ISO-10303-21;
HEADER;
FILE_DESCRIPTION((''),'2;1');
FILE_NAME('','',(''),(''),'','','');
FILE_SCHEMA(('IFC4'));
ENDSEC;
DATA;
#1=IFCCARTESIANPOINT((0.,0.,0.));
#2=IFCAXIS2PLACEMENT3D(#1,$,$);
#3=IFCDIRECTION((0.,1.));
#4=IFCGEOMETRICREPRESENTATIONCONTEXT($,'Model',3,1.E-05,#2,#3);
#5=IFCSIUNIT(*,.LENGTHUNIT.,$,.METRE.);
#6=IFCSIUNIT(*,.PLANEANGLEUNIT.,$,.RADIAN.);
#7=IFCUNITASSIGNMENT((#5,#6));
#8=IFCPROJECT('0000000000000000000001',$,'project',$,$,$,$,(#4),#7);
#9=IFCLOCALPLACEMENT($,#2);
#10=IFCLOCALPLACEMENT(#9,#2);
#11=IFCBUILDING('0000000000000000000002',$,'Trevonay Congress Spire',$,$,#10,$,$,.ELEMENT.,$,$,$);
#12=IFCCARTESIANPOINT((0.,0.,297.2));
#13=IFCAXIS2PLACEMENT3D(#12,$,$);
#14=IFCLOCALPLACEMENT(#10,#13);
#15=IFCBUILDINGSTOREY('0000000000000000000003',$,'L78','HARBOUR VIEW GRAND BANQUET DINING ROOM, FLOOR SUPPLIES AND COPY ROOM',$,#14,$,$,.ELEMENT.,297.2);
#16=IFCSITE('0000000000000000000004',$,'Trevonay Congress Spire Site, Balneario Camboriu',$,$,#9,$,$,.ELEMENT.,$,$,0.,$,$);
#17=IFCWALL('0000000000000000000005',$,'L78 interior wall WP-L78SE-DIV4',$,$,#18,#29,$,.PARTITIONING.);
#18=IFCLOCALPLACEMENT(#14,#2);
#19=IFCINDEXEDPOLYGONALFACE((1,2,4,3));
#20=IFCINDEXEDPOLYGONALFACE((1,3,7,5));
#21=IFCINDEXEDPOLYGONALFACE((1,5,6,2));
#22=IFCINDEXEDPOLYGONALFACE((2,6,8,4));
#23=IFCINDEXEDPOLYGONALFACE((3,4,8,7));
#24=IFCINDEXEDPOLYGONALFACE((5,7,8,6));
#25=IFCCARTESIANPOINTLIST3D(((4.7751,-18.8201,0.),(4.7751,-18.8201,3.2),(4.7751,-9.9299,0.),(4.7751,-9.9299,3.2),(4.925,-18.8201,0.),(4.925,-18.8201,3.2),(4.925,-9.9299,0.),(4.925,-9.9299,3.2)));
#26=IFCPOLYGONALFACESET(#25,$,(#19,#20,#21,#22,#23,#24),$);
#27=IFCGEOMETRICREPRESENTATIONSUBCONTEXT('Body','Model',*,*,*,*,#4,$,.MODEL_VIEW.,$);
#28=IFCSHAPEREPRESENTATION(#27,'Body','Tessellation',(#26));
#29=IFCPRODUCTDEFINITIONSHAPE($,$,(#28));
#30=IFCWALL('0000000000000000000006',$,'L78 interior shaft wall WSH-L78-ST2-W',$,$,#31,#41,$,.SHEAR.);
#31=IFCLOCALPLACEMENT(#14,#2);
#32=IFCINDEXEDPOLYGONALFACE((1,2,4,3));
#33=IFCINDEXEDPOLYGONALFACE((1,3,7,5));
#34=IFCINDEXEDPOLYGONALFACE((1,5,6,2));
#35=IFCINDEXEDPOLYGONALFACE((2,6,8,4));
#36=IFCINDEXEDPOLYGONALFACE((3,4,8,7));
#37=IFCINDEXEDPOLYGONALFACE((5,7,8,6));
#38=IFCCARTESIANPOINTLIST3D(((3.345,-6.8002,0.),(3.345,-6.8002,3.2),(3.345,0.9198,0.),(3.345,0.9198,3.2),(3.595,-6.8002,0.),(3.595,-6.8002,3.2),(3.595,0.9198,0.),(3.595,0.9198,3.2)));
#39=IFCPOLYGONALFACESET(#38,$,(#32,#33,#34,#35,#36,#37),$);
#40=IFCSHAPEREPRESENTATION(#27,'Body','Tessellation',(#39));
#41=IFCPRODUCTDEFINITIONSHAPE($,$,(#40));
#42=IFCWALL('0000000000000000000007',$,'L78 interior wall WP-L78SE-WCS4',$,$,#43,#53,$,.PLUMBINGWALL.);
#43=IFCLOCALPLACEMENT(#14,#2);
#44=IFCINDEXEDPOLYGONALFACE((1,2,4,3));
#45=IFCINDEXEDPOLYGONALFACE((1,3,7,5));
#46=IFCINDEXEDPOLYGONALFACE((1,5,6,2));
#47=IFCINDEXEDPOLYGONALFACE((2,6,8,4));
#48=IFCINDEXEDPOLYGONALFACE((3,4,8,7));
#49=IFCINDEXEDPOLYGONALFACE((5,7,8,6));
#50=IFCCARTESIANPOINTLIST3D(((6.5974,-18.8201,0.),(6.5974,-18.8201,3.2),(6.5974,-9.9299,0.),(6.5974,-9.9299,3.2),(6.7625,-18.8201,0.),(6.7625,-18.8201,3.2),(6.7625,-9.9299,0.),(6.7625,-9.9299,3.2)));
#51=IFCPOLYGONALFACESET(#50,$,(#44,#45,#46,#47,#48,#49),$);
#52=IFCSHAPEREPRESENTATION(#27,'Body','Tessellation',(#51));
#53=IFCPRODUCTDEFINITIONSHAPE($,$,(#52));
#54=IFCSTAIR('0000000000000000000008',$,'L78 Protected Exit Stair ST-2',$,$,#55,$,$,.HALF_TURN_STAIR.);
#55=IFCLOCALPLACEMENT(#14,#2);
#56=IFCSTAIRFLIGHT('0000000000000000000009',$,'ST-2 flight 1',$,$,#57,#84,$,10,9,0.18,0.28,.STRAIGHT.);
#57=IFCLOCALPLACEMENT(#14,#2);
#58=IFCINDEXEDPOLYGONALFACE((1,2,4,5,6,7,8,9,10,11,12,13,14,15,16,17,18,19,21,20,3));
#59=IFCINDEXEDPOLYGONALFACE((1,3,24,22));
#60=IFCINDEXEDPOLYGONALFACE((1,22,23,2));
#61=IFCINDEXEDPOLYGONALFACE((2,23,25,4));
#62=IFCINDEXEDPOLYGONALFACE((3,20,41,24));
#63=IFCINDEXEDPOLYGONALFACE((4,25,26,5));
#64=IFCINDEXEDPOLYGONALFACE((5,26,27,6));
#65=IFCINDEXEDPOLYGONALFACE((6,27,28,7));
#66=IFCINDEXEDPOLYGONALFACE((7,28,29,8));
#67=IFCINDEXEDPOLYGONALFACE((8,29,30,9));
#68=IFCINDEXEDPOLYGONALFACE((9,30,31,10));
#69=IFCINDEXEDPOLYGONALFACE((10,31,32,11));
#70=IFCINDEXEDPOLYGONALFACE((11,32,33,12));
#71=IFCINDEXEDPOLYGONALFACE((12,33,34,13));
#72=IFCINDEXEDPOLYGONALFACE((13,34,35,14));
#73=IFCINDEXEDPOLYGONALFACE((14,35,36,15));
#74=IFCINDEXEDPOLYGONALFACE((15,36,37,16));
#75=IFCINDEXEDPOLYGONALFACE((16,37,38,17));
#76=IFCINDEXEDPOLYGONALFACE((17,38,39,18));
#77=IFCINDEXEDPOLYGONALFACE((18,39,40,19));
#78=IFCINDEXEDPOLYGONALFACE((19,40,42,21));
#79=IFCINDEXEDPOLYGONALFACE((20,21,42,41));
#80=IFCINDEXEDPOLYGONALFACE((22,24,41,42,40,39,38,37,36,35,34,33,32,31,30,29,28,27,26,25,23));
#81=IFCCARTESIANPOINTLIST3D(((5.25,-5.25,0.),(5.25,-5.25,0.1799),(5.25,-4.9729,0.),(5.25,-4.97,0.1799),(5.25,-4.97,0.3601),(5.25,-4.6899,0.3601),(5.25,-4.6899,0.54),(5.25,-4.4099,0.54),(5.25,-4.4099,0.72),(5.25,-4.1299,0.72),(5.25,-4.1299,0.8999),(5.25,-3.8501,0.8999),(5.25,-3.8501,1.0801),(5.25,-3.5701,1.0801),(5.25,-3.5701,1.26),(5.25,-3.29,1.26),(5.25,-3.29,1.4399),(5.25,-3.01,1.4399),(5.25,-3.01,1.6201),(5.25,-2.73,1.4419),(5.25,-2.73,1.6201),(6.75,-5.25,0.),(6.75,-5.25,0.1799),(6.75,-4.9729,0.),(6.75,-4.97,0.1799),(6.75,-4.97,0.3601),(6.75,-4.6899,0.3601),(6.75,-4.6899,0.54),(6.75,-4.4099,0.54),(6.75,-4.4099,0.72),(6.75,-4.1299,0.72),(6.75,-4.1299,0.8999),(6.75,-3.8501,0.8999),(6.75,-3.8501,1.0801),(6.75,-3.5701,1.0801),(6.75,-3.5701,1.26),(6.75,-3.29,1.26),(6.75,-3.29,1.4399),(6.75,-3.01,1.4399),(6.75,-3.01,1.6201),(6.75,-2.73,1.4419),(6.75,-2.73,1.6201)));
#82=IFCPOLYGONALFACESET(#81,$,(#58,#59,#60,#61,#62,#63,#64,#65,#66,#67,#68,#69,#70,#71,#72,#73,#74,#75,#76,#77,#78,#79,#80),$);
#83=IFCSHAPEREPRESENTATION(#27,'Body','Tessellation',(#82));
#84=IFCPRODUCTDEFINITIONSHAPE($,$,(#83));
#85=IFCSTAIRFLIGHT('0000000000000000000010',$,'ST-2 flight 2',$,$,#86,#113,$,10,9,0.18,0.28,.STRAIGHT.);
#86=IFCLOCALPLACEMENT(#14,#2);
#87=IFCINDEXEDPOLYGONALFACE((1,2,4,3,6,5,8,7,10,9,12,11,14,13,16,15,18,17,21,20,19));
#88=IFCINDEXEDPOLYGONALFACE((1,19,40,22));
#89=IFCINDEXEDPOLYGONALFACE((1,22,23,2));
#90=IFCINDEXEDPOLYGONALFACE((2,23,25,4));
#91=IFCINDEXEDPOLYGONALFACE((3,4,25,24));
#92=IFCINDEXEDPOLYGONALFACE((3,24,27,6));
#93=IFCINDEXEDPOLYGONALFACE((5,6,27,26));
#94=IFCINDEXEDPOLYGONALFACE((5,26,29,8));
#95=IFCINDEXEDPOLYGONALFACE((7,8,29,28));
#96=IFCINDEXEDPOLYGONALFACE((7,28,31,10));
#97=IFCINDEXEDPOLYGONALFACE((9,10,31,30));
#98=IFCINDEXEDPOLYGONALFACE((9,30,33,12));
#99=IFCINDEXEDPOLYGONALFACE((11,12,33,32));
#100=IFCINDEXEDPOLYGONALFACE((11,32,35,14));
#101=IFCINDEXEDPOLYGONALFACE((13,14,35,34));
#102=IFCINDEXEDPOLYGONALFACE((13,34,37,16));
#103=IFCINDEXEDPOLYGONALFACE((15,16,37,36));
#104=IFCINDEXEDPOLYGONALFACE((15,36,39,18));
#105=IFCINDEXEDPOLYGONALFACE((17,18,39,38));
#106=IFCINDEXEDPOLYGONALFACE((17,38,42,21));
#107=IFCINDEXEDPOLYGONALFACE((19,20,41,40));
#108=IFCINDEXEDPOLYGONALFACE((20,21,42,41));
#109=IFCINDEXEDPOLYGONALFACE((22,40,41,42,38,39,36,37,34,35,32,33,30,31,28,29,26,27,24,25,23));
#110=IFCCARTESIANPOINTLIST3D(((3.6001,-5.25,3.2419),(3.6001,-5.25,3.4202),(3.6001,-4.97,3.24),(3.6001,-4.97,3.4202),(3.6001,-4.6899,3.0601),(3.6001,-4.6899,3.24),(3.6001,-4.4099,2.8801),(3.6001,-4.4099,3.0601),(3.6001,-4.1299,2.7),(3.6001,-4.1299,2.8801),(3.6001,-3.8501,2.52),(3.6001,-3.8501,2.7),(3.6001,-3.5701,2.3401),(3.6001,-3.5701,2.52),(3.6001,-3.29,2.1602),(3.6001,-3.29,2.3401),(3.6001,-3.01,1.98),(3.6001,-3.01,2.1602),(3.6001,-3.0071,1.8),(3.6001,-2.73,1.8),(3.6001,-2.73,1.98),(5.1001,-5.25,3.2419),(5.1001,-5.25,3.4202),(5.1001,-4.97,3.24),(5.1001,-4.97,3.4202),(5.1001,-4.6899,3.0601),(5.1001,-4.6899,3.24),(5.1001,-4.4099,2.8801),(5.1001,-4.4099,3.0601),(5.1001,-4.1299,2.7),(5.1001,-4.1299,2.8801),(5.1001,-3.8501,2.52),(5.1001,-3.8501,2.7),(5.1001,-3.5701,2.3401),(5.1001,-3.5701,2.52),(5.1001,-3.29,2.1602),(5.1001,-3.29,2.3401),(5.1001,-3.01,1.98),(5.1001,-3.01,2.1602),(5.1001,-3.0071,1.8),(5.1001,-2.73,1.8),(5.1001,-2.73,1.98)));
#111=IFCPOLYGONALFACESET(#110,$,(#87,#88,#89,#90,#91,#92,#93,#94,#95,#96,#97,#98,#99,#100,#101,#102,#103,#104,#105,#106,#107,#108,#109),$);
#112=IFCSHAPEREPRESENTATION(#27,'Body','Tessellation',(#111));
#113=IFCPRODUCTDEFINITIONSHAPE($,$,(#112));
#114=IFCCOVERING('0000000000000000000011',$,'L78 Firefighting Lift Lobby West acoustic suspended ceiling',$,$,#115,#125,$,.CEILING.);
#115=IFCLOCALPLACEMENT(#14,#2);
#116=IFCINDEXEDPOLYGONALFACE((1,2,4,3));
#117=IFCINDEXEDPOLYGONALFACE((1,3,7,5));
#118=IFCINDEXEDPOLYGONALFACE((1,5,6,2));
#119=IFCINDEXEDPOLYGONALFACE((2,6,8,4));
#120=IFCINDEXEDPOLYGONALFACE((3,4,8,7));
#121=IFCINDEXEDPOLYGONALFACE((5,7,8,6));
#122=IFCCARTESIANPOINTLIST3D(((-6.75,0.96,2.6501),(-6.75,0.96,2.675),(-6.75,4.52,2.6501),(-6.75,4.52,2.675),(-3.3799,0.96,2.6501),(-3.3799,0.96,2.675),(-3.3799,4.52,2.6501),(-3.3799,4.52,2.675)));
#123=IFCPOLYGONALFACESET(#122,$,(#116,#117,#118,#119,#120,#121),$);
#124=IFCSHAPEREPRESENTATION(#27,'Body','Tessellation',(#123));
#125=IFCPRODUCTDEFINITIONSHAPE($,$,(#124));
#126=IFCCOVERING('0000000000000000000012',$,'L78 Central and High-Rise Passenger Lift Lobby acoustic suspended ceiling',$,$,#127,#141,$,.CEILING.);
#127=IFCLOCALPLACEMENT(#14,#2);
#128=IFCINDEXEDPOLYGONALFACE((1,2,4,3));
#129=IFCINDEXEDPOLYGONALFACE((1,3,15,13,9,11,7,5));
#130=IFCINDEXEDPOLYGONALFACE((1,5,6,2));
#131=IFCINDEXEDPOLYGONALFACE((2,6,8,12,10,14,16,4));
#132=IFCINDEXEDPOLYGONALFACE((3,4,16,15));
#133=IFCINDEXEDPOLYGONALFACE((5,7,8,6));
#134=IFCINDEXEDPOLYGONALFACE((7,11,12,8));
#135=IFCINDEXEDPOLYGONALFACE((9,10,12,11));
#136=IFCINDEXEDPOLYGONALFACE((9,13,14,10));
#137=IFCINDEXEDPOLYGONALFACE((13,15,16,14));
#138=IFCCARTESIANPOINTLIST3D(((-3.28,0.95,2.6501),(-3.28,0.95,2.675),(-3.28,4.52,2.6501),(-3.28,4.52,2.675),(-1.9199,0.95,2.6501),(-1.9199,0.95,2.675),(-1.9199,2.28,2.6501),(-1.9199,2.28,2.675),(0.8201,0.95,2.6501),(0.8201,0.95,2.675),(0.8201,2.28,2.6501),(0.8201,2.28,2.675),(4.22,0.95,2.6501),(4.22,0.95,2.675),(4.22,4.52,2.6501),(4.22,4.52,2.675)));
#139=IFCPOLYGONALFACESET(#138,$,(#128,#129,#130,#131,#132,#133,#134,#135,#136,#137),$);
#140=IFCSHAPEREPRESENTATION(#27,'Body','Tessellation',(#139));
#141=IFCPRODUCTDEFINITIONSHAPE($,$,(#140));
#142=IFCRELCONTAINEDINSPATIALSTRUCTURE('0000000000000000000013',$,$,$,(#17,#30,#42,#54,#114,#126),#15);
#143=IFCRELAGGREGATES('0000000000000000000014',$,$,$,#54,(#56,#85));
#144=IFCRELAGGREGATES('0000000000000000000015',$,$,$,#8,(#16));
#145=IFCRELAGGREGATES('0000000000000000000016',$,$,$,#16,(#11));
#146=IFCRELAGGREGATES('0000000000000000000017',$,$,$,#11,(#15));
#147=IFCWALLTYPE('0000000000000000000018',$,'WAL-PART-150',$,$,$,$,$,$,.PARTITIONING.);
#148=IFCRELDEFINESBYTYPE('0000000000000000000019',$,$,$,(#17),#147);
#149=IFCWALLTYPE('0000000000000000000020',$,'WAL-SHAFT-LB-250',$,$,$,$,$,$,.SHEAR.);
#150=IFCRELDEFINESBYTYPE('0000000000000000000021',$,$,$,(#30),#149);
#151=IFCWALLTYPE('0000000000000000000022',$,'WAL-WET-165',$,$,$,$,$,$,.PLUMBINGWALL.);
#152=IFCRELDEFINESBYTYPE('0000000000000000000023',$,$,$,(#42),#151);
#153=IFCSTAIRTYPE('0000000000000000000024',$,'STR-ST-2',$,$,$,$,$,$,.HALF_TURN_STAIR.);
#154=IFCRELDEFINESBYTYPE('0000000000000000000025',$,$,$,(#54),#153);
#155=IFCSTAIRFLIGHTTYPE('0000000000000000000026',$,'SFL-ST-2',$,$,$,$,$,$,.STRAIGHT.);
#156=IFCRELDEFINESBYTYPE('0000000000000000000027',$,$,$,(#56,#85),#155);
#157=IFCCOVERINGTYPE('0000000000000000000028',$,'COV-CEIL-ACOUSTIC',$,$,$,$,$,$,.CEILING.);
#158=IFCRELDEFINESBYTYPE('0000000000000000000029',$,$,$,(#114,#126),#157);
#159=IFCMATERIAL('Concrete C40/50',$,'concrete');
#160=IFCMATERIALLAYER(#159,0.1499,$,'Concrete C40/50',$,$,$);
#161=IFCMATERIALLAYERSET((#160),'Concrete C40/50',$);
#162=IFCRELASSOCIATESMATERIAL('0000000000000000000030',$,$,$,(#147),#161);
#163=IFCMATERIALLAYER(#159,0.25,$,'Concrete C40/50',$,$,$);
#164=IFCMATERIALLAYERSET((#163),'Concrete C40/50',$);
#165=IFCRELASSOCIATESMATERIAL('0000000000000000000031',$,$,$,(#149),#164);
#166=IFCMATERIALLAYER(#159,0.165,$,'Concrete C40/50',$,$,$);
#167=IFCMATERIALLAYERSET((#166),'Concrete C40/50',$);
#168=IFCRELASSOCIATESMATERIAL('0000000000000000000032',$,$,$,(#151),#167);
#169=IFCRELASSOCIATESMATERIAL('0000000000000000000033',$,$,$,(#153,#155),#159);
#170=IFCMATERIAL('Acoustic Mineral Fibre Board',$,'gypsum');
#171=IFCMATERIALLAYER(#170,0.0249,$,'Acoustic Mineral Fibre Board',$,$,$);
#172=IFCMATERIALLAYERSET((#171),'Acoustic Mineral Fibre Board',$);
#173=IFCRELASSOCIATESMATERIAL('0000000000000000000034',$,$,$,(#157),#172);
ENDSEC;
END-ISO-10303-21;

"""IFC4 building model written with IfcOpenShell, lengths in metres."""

from ifc_helpers import new_model, si_unit, direction, frame, frame_2d, origin, place, context, subcontext, project, spatial, polyline, rectangle, outline, extrude, material, layer, layer_set, type_object, element, aggregate, save


model = new_model("IFC4")

# Units and contexts
model_context = context("Model", 3, precision=1e-05, world=origin(), true_north=direction((0.0, 1.0)))
body_context = subcontext(model_context, "Body", "Model", "MODEL_VIEW")
ifc_project = project(units=[si_unit("LENGTHUNIT", "METRE"), si_unit("PLANEANGLEUNIT", "RADIAN")], contexts=[model_context])

# Site, building, storey
site_placement = place(None, origin())
site = spatial("IfcSite", under=ifc_project, at=site_placement, Name="Trevonay Congress Spire Site, Balneario Camboriu", CompositionType="ELEMENT", RefElevation=0.0)
building_placement = place(site_placement, origin())
building = spatial("IfcBuilding", under=site, at=building_placement, Name="Trevonay Congress Spire", CompositionType="ELEMENT")
storey_placement = place(building_placement, frame((0.0, 0.0, 297.2)))
storey = spatial("IfcBuildingStorey", under=building, at=storey_placement, Name="L78", Description="HARBOUR VIEW GRAND BANQUET DINING ROOM, FLOOR SUPPLIES AND COPY ROOM", CompositionType="ELEMENT", Elevation=297.2)

# Walls
ifc_material_1 = material(Name="Concrete C40/50", Category="concrete")
ifc_layer_1 = layer(ifc_material_1, 0.1499, Name="Concrete C40/50")
ifc_layer_set_1 = layer_set([ifc_layer_1], Name="Concrete C40/50")
wall_type_1 = type_object("IfcWallType", Name="WAL-PART-150", PredefinedType="PARTITIONING", material=ifc_layer_set_1)
wall_1_placement = place(storey_placement, frame((4.8501, -18.8201, 0.0), z_axis=(0.0, 0.0, 1.0), x_axis=(0.0, 1.0, 0.0)))
element("IfcWall", 1, at=wall_1_placement, inside=storey, type_object=wall_type_1, Name="L78 interior wall WP-L78SE-DIV4", PredefinedType="PARTITIONING", context=body_context, shape_type="SweptSolid", body=[
    extrude(rectangle(XDim=8.8901, YDim=0.1499, at=frame_2d((4.4451, 0.0))), origin(), (0.0, 0.0, 1.0), 3.2),
])
ifc_layer_2 = layer(ifc_material_1, 0.25, Name="Concrete C40/50")
ifc_layer_set_2 = layer_set([ifc_layer_2], Name="Concrete C40/50")
wall_type_2 = type_object("IfcWallType", Name="WAL-SHAFT-LB-250", PredefinedType="SHEAR", material=ifc_layer_set_2)
wall_2_placement = place(storey_placement, frame((3.47, -6.8, 0.0), z_axis=(0.0, 0.0, 1.0), x_axis=(0.0, 1.0, 0.0)))
element("IfcWall", 2, at=wall_2_placement, inside=storey, type_object=wall_type_2, Name="L78 interior shaft wall WSH-L78-ST2-W", PredefinedType="SHEAR", context=body_context, shape_type="SweptSolid", body=[
    extrude(rectangle(XDim=7.72, YDim=0.25, at=frame_2d((3.8599, 0.0))), origin(), (0.0, 0.0, 1.0), 3.2),
])
ifc_layer_3 = layer(ifc_material_1, 0.165, Name="Concrete C40/50")
ifc_layer_set_3 = layer_set([ifc_layer_3], Name="Concrete C40/50")
wall_type_3 = type_object("IfcWallType", Name="WAL-WET-165", PredefinedType="PLUMBINGWALL", material=ifc_layer_set_3)
wall_3_placement = place(storey_placement, frame((6.6799, -18.8201, 0.0), z_axis=(0.0, 0.0, 1.0), x_axis=(0.0, 1.0, 0.0)))
element("IfcWall", 3, at=wall_3_placement, inside=storey, type_object=wall_type_3, Name="L78 interior wall WP-L78SE-WCS4", PredefinedType="PLUMBINGWALL", context=body_context, shape_type="SweptSolid", body=[
    extrude(rectangle(XDim=8.8901, YDim=0.165, at=frame_2d((4.4451, 0.0))), origin(), (0.0, 0.0, 1.0), 3.2),
])

# Stair, stair flights
stair_type = type_object("IfcStairType", Name="STR-ST-2", PredefinedType="HALF_TURN_STAIR", material=ifc_material_1)
stair_placement = place(storey_placement, origin())
stair = element("IfcStair", 4, at=stair_placement, inside=storey, type_object=stair_type, Name="L78 Protected Exit Stair ST-2", PredefinedType="HALF_TURN_STAIR")
stair_flight_type = type_object("IfcStairFlightType", Name="SFL-ST-2", PredefinedType="STRAIGHT", material=ifc_material_1)
stair_flight_1_placement = place(storey_placement, frame((6.0, -5.25, 0.0), z_axis=(0.0, 0.0, 1.0), x_axis=(0.0, 1.0, 0.0)))
stair_flight_1 = element("IfcStairFlight", 5, at=stair_flight_1_placement, type_object=stair_flight_type, Name="ST-2 flight 1", NumberOfRisers=10, NumberOfTreads=9, PredefinedType="STRAIGHT", RiserHeight=0.18, TreadLength=0.28, context=body_context, shape_type="SweptSolid", body=[
    extrude(outline(polyline([(0.0, 0.0), (0.0, 0.1799), (0.28, 0.1799), (0.28, 0.3601), (0.5601, 0.3601), (0.5601, 0.54), (0.8401, 0.54), (0.8401, 0.72), (1.1201, 0.72), (1.1201, 0.8999), (1.3999, 0.8999), (1.3999, 1.0801), (1.6799, 1.0801), (1.6799, 1.26), (1.96, 1.26), (1.96, 1.4399), (2.24, 1.4399), (2.24, 1.6201), (2.52, 1.6201), (2.52, 1.8), (2.52, 1.4419), (0.2771, 0.0), (0.0, 0.0)])), frame((0.0, 0.75, 0.0), z_axis=(0.0, -1.0, 0.0), x_axis=(1.0, 0.0, 0.0)), (0.0, 0.0, 1.0), 1.5),
])
stair_flight_2_placement = place(storey_placement, frame((4.3501, -2.73, 1.8), z_axis=(0.0, 0.0, 1.0), x_axis=(0.0, -1.0, 0.0)))
stair_flight_2 = element("IfcStairFlight", 6, at=stair_flight_2_placement, type_object=stair_flight_type, Name="ST-2 flight 2", NumberOfRisers=10, NumberOfTreads=9, PredefinedType="STRAIGHT", RiserHeight=0.18, TreadLength=0.28, context=body_context, shape_type="SweptSolid", body=[
    extrude(outline(polyline([(0.0, 0.0), (0.0, 0.1799), (0.28, 0.1799), (0.28, 0.3601), (0.5601, 0.3601), (0.5601, 0.54), (0.8401, 0.54), (0.8401, 0.72), (1.1201, 0.72), (1.1201, 0.8999), (1.3999, 0.8999), (1.3999, 1.0801), (1.6799, 1.0801), (1.6799, 1.26), (1.96, 1.26), (1.96, 1.4399), (2.24, 1.4399), (2.24, 1.6201), (2.52, 1.6201), (2.52, 1.8), (2.52, 1.4419), (0.2771, 0.0), (0.0, 0.0)])), frame((0.0, 0.75, 0.0), z_axis=(0.0, -1.0, 0.0), x_axis=(1.0, 0.0, 0.0)), (0.0, 0.0, 1.0), 1.5),
])
aggregate(stair, [stair_flight_1, stair_flight_2])

# Coverings
ifc_material_2 = material(Name="Acoustic Mineral Fibre Board", Category="gypsum")
ifc_layer_4 = layer(ifc_material_2, 0.0249, Name="Acoustic Mineral Fibre Board")
ifc_layer_set_4 = layer_set([ifc_layer_4], Name="Acoustic Mineral Fibre Board")
covering_type_1 = type_object("IfcCoveringType", Name="COV-CEIL-ACOUSTIC", PredefinedType="CEILING", material=ifc_layer_set_4)
covering_1_placement = place(storey_placement, frame((0.0, 0.0, 2.6501)))
element("IfcCovering", 7, at=covering_1_placement, inside=storey, type_object=covering_type_1, Name="L78 Firefighting Lift Lobby West acoustic suspended ceiling", PredefinedType="CEILING", context=body_context, shape_type="SweptSolid", body=[
    extrude(outline(polyline([(-6.75, 0.96), (-3.3799, 0.96), (-3.3799, 4.52), (-6.75, 4.52), (-6.75, 0.96)])), origin(), (0.0, 0.0, 1.0), 0.0249),
])
covering_2_placement = place(storey_placement, frame((0.0, 0.0, 2.6501)))
element("IfcCovering", 8, at=covering_2_placement, inside=storey, type_object=covering_type_1, Name="L78 Central and High-Rise Passenger Lift Lobby acoustic suspended ceiling", PredefinedType="CEILING", context=body_context, shape_type="SweptSolid", body=[
    extrude(outline(polyline([(-3.28, 0.95), (-1.9199, 0.95), (-1.9199, 2.28), (0.8201, 2.28), (0.8201, 0.95), (4.22, 0.95), (4.22, 4.52), (-3.28, 4.52), (-3.28, 0.95)])), origin(), (0.0, 0.0, 1.0), 0.0249),
])

save(model, "model.ifc")
